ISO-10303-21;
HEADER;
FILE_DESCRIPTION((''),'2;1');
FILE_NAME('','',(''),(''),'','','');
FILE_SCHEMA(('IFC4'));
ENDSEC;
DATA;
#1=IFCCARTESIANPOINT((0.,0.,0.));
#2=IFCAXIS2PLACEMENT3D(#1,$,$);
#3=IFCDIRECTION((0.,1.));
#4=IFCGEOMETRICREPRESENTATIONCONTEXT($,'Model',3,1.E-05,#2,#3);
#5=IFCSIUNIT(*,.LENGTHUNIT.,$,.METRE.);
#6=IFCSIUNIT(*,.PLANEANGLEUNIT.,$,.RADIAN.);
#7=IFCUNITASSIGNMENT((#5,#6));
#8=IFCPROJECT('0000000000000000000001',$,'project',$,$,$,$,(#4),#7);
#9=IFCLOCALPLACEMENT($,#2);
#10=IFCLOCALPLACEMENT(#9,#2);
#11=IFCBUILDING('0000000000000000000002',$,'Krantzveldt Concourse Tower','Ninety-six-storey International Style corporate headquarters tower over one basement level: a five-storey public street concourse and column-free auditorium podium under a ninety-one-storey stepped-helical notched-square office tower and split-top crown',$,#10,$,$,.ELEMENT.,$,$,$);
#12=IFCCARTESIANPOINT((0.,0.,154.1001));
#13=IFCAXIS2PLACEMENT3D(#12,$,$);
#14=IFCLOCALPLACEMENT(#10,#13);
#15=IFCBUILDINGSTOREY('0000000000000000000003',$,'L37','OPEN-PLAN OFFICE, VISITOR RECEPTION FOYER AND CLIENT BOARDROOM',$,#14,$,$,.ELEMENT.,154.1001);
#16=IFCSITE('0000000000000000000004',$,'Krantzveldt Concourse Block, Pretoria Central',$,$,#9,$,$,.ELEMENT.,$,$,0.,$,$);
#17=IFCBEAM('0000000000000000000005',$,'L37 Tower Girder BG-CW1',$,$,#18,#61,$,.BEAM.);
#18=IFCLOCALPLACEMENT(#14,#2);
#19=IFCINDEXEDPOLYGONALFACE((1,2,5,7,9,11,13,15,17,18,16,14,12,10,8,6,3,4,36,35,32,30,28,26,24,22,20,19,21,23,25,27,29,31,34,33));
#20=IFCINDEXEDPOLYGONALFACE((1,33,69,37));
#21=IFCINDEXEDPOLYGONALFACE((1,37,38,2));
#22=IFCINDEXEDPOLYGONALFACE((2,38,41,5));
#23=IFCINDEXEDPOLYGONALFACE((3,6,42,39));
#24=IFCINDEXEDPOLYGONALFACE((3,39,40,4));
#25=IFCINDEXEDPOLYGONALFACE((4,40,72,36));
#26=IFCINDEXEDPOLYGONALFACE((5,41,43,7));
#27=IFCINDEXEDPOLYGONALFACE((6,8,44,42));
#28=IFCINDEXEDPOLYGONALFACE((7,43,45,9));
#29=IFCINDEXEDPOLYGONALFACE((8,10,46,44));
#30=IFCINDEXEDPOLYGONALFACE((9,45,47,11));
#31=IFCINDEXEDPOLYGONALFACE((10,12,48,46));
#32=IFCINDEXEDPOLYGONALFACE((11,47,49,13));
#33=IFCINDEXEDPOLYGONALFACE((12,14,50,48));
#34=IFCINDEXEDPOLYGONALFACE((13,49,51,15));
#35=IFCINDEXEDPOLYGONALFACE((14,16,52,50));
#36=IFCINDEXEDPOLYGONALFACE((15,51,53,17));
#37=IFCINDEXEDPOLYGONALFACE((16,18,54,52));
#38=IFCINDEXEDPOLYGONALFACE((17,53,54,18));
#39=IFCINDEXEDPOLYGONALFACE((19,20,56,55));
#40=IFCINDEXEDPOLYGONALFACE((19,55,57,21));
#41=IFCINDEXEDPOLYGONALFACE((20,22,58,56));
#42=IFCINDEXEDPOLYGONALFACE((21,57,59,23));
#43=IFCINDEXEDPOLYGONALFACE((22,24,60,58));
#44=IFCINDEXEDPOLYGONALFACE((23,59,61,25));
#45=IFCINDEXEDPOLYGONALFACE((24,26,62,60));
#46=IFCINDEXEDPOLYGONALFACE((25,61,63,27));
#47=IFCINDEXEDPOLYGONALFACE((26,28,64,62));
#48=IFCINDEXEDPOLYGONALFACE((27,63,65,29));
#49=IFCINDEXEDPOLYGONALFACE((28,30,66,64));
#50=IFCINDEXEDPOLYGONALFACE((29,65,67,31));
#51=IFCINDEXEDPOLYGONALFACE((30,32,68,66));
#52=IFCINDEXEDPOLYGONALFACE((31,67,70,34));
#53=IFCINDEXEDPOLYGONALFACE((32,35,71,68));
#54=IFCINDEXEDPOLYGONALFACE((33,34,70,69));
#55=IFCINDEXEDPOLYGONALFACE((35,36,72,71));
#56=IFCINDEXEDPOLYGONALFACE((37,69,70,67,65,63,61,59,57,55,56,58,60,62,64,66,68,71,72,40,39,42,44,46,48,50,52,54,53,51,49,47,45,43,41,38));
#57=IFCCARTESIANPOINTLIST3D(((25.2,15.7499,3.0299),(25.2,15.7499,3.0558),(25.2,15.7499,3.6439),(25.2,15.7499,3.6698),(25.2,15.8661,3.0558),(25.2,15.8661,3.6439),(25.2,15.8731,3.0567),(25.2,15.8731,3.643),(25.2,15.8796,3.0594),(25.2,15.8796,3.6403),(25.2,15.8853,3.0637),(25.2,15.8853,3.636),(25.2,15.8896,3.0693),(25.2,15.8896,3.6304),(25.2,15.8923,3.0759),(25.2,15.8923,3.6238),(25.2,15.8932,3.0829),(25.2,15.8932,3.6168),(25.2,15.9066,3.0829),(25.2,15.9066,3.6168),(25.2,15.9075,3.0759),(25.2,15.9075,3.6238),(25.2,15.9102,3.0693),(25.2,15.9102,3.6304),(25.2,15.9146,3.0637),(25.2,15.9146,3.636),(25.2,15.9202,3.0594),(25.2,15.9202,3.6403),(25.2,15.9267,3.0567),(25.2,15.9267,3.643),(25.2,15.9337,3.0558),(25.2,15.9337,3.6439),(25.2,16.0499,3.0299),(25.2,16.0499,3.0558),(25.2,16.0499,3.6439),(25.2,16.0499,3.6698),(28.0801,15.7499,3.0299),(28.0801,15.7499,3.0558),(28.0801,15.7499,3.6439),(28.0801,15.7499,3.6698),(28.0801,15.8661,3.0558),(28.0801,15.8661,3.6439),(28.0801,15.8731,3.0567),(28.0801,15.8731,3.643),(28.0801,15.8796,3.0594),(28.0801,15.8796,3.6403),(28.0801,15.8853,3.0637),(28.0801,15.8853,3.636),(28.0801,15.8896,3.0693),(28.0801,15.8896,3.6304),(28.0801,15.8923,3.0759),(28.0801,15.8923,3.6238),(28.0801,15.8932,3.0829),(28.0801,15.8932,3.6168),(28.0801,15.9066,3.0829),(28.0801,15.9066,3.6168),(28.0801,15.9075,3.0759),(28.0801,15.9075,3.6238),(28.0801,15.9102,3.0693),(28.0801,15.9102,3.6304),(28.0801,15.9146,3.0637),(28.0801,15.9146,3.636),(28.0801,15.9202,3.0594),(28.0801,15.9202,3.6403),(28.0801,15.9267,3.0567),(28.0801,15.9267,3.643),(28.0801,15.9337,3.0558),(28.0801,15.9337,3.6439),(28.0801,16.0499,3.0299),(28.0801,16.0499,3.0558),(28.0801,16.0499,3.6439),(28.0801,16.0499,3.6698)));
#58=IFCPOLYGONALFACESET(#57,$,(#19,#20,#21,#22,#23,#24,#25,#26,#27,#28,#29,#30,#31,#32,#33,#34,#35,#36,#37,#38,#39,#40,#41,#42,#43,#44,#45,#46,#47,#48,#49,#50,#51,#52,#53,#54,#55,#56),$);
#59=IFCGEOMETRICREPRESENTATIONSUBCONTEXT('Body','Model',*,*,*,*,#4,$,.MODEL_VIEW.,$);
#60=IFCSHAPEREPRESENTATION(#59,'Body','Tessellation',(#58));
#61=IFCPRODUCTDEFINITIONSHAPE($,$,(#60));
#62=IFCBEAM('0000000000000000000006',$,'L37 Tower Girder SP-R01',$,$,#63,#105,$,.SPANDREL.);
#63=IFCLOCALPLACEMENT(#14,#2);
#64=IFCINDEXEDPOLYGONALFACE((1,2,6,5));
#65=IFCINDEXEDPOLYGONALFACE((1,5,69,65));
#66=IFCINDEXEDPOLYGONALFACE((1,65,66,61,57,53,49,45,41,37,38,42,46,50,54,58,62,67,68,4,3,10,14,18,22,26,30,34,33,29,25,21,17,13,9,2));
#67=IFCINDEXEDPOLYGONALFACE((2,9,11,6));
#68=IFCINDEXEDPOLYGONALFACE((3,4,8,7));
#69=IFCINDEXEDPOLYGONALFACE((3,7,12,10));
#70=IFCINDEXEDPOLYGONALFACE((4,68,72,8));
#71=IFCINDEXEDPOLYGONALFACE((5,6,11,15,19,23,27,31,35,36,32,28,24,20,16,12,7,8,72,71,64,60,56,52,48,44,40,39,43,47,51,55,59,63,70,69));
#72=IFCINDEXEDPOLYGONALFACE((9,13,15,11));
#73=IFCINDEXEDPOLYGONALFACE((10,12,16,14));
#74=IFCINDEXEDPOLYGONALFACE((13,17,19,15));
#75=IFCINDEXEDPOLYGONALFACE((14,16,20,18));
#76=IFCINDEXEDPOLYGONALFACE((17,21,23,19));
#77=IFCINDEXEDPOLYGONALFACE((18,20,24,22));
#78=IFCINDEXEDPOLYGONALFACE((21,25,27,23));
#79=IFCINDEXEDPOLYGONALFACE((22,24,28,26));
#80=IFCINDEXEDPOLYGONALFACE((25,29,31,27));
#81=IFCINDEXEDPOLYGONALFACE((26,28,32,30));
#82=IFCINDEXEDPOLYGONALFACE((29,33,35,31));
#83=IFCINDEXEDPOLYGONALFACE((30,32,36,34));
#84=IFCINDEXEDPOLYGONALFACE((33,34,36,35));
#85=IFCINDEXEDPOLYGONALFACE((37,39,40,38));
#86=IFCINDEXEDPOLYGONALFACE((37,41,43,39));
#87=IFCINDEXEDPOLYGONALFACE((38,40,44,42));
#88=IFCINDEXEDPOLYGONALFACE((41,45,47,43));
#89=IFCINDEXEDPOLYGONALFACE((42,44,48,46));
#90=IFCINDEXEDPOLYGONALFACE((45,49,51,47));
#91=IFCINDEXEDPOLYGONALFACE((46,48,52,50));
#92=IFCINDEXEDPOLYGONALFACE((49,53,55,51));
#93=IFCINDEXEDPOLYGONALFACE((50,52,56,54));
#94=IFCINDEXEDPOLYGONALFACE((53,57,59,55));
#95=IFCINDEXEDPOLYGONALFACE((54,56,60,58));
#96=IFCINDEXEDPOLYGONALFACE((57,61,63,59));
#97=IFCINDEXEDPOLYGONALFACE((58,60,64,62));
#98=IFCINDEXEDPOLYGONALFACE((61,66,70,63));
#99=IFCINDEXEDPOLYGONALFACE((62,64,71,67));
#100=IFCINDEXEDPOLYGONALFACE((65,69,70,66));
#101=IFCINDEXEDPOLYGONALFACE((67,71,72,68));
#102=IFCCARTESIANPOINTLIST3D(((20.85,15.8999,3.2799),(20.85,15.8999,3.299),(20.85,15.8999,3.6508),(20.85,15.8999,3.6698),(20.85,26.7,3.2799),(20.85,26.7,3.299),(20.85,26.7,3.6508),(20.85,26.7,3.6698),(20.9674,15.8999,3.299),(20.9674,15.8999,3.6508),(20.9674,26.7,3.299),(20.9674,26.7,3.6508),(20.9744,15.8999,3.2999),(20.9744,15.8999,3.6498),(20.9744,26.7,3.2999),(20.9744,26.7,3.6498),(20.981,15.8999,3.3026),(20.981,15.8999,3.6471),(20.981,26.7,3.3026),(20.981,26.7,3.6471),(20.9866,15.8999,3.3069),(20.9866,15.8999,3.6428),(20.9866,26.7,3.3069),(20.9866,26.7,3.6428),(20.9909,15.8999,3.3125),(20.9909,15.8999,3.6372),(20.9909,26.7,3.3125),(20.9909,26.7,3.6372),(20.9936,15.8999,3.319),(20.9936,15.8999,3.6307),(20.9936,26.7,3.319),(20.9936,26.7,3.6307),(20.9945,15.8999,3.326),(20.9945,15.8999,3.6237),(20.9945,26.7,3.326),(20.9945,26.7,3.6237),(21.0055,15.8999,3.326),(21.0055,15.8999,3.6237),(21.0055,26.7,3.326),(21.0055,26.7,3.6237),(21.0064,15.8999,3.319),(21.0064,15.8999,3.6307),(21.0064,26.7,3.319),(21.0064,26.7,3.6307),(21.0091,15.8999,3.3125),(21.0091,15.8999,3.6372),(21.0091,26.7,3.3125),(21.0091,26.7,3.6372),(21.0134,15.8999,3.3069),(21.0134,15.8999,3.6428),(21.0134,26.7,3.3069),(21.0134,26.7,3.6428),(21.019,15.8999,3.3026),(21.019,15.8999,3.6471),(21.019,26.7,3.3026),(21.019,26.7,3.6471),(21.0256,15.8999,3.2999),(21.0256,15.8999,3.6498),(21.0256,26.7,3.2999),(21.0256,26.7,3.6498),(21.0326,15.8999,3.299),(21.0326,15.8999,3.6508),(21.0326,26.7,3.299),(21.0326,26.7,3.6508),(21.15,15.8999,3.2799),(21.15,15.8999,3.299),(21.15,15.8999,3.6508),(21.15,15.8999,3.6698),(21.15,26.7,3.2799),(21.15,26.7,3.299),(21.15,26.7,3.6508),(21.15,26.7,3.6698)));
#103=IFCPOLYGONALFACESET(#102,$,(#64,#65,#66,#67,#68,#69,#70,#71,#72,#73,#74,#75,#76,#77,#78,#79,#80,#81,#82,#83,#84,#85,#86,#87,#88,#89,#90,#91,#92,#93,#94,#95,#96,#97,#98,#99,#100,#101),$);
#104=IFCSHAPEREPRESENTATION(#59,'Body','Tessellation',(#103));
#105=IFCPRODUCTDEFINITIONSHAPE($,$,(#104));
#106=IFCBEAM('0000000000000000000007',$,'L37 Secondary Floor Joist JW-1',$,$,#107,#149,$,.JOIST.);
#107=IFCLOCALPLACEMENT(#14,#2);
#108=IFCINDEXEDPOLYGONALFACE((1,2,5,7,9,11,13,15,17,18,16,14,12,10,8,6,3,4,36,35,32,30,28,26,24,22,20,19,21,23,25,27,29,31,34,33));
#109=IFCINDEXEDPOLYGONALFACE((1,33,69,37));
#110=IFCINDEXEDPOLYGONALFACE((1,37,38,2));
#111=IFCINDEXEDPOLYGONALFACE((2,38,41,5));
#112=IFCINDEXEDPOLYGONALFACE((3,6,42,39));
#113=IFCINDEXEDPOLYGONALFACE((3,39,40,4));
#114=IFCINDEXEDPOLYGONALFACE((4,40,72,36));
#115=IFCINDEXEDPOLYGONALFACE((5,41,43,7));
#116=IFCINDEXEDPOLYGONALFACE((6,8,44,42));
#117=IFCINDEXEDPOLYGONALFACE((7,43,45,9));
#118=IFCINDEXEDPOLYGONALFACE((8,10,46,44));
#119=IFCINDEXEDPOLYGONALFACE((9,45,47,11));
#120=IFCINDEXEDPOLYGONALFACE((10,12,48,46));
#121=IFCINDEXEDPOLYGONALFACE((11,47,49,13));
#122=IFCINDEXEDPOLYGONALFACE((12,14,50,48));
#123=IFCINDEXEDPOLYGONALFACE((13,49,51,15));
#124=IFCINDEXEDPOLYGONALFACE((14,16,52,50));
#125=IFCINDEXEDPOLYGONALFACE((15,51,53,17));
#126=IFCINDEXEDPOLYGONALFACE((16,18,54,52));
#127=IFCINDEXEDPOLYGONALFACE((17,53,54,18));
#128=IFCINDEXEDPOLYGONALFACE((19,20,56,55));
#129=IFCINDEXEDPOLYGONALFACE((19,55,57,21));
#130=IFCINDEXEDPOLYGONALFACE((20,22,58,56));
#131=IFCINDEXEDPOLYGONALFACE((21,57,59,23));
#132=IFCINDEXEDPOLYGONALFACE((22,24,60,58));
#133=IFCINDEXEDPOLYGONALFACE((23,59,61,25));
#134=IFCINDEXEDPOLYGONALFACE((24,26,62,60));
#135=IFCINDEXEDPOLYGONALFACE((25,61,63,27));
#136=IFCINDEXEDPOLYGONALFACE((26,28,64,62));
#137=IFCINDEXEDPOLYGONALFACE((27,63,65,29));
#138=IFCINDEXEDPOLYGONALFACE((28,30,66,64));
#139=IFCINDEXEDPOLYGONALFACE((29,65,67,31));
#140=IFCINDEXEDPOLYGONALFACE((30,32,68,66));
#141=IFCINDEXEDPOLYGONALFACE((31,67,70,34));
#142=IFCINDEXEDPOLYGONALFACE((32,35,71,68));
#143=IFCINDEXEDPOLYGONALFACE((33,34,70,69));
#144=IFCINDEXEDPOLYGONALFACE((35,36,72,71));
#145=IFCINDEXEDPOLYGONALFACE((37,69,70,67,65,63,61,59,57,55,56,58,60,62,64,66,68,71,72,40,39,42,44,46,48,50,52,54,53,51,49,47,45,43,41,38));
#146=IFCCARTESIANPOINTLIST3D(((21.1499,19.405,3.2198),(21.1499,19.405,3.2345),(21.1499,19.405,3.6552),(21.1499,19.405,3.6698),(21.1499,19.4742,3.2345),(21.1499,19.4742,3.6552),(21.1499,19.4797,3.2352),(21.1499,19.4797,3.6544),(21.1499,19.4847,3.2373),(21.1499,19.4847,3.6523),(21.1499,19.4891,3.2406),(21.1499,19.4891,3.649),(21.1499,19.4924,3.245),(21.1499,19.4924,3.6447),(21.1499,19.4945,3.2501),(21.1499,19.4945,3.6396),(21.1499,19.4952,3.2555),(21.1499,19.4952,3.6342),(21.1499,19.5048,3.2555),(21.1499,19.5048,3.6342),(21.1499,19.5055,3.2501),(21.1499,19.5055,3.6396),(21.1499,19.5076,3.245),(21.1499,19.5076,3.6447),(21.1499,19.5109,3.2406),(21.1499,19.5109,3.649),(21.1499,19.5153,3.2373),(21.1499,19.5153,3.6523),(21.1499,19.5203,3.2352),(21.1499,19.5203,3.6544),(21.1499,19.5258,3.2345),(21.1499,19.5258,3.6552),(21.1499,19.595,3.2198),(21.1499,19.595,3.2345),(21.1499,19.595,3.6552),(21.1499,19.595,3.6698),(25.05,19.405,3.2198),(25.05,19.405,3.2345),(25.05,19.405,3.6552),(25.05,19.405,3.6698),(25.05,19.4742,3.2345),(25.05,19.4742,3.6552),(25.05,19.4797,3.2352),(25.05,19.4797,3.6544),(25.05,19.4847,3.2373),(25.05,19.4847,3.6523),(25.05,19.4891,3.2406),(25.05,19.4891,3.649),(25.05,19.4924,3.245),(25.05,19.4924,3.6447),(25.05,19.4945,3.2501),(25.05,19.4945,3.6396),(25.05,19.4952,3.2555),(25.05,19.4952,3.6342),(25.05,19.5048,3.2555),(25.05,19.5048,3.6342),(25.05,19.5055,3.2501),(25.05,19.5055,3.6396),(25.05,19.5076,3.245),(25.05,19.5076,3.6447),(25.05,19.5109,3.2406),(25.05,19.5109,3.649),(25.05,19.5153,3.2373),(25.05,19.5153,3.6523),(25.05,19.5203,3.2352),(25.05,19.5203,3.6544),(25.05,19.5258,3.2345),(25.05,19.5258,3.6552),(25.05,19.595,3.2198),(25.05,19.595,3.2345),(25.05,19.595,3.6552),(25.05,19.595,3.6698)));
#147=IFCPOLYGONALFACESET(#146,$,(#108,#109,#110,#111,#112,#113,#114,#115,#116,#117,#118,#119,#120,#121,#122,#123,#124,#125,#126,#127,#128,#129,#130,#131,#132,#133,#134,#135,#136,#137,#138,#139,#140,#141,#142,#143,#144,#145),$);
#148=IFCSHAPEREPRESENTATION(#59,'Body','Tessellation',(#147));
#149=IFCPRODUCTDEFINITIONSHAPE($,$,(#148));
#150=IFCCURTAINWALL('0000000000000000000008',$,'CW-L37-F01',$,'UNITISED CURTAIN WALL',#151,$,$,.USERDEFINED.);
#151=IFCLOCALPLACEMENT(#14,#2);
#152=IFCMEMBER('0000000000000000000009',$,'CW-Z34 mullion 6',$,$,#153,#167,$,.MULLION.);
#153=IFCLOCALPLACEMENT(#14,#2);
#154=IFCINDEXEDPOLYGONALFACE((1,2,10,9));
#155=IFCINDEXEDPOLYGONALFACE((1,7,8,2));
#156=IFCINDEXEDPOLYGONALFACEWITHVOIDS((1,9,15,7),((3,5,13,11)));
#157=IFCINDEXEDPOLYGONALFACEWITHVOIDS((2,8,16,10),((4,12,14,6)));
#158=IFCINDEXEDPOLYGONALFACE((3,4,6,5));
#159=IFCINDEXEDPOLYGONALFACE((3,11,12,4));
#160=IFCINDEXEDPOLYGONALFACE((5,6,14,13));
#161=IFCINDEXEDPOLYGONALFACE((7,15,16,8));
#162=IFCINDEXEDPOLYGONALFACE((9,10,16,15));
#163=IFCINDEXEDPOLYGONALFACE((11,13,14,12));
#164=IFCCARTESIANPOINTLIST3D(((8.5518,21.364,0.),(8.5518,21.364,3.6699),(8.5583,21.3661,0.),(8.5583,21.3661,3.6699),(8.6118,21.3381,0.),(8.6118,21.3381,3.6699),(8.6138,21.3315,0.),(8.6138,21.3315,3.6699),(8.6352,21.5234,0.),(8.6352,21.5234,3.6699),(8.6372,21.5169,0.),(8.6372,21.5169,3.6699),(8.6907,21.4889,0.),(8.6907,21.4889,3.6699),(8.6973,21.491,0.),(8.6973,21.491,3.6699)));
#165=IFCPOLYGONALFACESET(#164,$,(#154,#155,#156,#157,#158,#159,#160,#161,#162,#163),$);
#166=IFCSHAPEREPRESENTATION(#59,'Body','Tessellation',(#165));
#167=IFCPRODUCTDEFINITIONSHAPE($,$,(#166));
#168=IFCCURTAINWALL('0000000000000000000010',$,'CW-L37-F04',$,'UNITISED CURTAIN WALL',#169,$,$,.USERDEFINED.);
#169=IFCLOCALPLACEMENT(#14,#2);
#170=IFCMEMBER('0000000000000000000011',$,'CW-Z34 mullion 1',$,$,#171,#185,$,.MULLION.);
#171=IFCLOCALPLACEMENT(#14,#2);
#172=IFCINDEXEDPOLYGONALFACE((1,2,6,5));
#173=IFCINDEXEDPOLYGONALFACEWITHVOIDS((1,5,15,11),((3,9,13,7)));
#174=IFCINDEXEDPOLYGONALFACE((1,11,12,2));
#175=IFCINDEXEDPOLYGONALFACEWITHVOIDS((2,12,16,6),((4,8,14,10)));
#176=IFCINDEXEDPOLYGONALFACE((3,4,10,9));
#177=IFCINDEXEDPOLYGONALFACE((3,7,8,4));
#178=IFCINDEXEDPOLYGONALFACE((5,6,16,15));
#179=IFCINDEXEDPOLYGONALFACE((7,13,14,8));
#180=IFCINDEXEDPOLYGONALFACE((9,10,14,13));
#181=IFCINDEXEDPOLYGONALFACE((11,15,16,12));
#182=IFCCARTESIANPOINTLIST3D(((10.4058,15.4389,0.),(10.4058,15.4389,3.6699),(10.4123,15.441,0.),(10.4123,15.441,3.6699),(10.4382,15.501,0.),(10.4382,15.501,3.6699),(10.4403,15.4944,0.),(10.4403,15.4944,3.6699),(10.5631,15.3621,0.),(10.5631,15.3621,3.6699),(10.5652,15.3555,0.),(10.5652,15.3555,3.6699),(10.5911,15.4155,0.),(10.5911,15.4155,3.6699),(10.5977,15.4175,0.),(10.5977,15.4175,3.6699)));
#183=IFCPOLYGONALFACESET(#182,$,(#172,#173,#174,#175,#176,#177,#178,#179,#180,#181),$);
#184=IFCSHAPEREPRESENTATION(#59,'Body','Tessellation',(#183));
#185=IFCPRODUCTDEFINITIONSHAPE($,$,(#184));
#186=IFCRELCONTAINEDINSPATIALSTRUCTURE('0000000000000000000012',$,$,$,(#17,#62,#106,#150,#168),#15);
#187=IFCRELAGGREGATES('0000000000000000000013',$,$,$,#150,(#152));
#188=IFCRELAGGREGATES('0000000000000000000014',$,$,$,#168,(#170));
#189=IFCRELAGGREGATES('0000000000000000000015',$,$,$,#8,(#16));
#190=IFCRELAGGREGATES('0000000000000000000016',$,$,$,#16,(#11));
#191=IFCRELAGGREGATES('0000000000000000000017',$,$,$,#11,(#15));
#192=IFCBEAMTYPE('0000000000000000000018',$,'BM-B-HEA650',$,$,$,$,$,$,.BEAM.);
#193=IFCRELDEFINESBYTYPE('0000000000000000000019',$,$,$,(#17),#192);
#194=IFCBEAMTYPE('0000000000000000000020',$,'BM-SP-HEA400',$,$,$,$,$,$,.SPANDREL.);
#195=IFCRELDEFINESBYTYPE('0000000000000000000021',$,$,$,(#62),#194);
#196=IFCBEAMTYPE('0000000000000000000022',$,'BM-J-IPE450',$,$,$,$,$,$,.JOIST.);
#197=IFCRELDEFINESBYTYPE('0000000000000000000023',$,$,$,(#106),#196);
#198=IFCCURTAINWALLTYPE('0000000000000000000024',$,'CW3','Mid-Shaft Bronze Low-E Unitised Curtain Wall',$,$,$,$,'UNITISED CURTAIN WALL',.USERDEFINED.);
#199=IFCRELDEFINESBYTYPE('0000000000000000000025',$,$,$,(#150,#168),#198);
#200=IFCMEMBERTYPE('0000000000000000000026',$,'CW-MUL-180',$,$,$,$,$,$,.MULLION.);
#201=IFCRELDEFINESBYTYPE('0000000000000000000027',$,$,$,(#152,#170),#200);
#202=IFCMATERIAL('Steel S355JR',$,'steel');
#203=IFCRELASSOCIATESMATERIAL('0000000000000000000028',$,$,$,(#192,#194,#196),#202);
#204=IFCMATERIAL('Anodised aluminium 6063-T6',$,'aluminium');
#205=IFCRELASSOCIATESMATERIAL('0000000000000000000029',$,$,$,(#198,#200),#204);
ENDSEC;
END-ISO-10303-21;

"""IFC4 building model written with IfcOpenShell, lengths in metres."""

from ifc_helpers import new_model, si_unit, direction, frame, origin, origin_2d, place, context, subcontext, project, spatial, hollow_rectangle, i_section, extrude, source, transform, mapped, material, material_profile, profile_set, type_object, type_shapes, element, aggregate, save


model = new_model("IFC4")

# Units and contexts
model_context = context("Model", 3, precision=1e-05, world=origin(), true_north=direction((0.0, 1.0)))
body_context = subcontext(model_context, "Body", "Model", "MODEL_VIEW")
ifc_project = project(units=[si_unit("LENGTHUNIT", "METRE"), si_unit("PLANEANGLEUNIT", "RADIAN")], contexts=[model_context])

# Site, building, storey
site_placement = place(None, origin())
site = spatial("IfcSite", under=ifc_project, at=site_placement, Name="Krantzveldt Concourse Block, Pretoria Central", CompositionType="ELEMENT", RefElevation=0.0)
building_placement = place(site_placement, origin())
building = spatial("IfcBuilding", under=site, at=building_placement, Name="Krantzveldt Concourse Tower", Description="Ninety-six-storey International Style corporate headquarters tower over one basement level: a five-storey public street concourse and column-free auditorium podium under a ninety-one-storey stepped-helical notched-square office tower and split-top crown", CompositionType="ELEMENT")
storey_placement = place(building_placement, frame((0.0, 0.0, 154.1001)))
storey = spatial("IfcBuildingStorey", under=building, at=storey_placement, Name="L37", Description="OPEN-PLAN OFFICE, VISITOR RECEPTION FOYER AND CLIENT BOARDROOM", CompositionType="ELEMENT", Elevation=154.1001)

# Beams
ifc_material_1 = material(Name="Steel S355JR", Category="steel")
ifc_material_profile_1 = material_profile(ifc_material_1, i_section(OverallWidth=0.3, OverallDepth=0.6399, WebThickness=0.0134, FlangeThickness=0.0259, FilletRadius=0.0271, at=origin_2d()), Name="Steel S355JR", Category="steel")
ifc_profile_set_1 = profile_set([ifc_material_profile_1], Name="Steel S355JR - HEA 650")
beam_type_1 = type_object("IfcBeamType", Name="BM-B-HEA650", PredefinedType="BEAM", material=ifc_profile_set_1)
shared_shape_1 = source(origin(), body_context, "Body", "SweptSolid", [
    extrude(i_section(OverallWidth=0.3, OverallDepth=0.6399, WebThickness=0.0134, FlangeThickness=0.0259, FilletRadius=0.0271, at=origin_2d()), origin(), (0.0, 0.0, 1.0), 2.8801),
])
beam_1_placement = place(storey_placement, frame((25.2, 15.8999, 3.3499), z_axis=(1.0, 0.0, 0.0), x_axis=(0.0, 1.0, 0.0)))
element("IfcBeam", 1, at=beam_1_placement, inside=storey, type_object=beam_type_1, Name="L37 Tower Girder BG-CW1", PredefinedType="BEAM", context=body_context, shape_type="MappedRepresentation", body=[
    mapped(shared_shape_1, transform((0.0, 0.0, 0.0), x_axis=(1.0, 0.0, 0.0), y_axis=(0.0, 1.0, 0.0), z_axis=(0.0, 0.0, 1.0), scale=1.0)),
])
ifc_material_profile_2 = material_profile(ifc_material_1, i_section(OverallWidth=0.3, OverallDepth=0.3899, WebThickness=0.011, FlangeThickness=0.019, FilletRadius=0.0271, at=origin_2d()), Name="Steel S355JR", Category="steel")
ifc_profile_set_2 = profile_set([ifc_material_profile_2], Name="Steel S355JR - HEA 400")
beam_type_2 = type_object("IfcBeamType", Name="BM-SP-HEA400", PredefinedType="SPANDREL", material=ifc_profile_set_2)
shared_shape_2 = source(origin(), body_context, "Body", "SweptSolid", [
    extrude(i_section(OverallWidth=0.3, OverallDepth=0.3899, WebThickness=0.011, FlangeThickness=0.019, FilletRadius=0.0271, at=origin_2d()), origin(), (0.0, 0.0, 1.0), 10.8),
])
type_shapes(beam_type_2, [shared_shape_2])
beam_2_placement = place(storey_placement, frame((21.0, 15.8999, 3.4749), z_axis=(0.0, 1.0, 0.0), x_axis=(-1.0, 0.0, 0.0)))
element("IfcBeam", 2, at=beam_2_placement, inside=storey, type_object=beam_type_2, Name="L37 Tower Girder SP-R01", PredefinedType="SPANDREL", context=body_context, shape_type="MappedRepresentation", body=[
    mapped(shared_shape_2, transform((0.0, 0.0, 0.0), x_axis=(1.0, 0.0, 0.0), y_axis=(0.0, 1.0, 0.0), z_axis=(0.0, 0.0, 1.0), scale=1.0)),
])
ifc_material_profile_3 = material_profile(ifc_material_1, i_section(OverallWidth=0.1899, OverallDepth=0.45, WebThickness=0.0095, FlangeThickness=0.0146, FilletRadius=0.021, at=origin_2d()), Name="Steel S355JR", Category="steel")
ifc_profile_set_3 = profile_set([ifc_material_profile_3], Name="Steel S355JR - IPE 450")
beam_type_3 = type_object("IfcBeamType", Name="BM-J-IPE450", PredefinedType="JOIST", material=ifc_profile_set_3)
shared_shape_3 = source(origin(), body_context, "Body", "SweptSolid", [
    extrude(i_section(OverallWidth=0.1899, OverallDepth=0.45, WebThickness=0.0095, FlangeThickness=0.0146, FilletRadius=0.021, at=origin_2d()), origin(), (0.0, 0.0, 1.0), 3.9001),
])
type_shapes(beam_type_3, [shared_shape_3])
beam_3_placement = place(storey_placement, frame((21.1499, 19.5, 3.4448), z_axis=(1.0, 0.0, 0.0), x_axis=(0.0, 1.0, 0.0)))
element("IfcBeam", 3, at=beam_3_placement, inside=storey, type_object=beam_type_3, Name="L37 Secondary Floor Joist JW-1", PredefinedType="JOIST", context=body_context, shape_type="MappedRepresentation", body=[
    mapped(shared_shape_3, transform((0.0, 0.0, 0.0), x_axis=(1.0, 0.0, 0.0), y_axis=(0.0, 1.0, 0.0), z_axis=(0.0, 0.0, 1.0), scale=1.0)),
])

# Curtain wall, member
ifc_material_2 = material(Name="Anodised aluminium 6063-T6", Category="aluminium")
curtain_wall_type = type_object("IfcCurtainWallType", Name="CW3", Description="Mid-Shaft Bronze Low-E Unitised Curtain Wall", ElementType="UNITISED CURTAIN WALL", PredefinedType="USERDEFINED", material=ifc_material_2)
curtain_wall_1_placement = place(storey_placement, origin())
curtain_wall_1 = element("IfcCurtainWall", 4, at=curtain_wall_1_placement, inside=storey, type_object=curtain_wall_type, Name="CW-L37-F01", ObjectType="UNITISED CURTAIN WALL", PredefinedType="USERDEFINED")
ifc_material_profile_4 = material_profile(ifc_material_2, hollow_rectangle(XDim=0.0701, YDim=0.1799, WallThickness=0.0049, at=origin_2d()), Name="Anodised aluminium 6063-T6", Category="aluminium")
ifc_profile_set_4 = profile_set([ifc_material_profile_4], Name="Anodised aluminium 6063-T6 - ALU-MULL 180x70x5")
member_type_1 = type_object("IfcMemberType", Name="CW-MUL-180", PredefinedType="MULLION", material=ifc_profile_set_4)
shared_shape_4 = source(origin(), body_context, "Body", "SweptSolid", [
    extrude(hollow_rectangle(XDim=0.0701, YDim=0.1799, WallThickness=0.0049, at=origin_2d()), origin(), (0.0, 0.0, 1.0), 3.6699),
])
type_shapes(member_type_1, [shared_shape_4])
member_1_placement = place(storey_placement, frame((8.6245, 21.4275, 0.0), z_axis=(0.0, 0.0, 1.0), x_axis=(0.886001, -0.463683, 0.0)))
member_1 = element("IfcMember", 5, at=member_1_placement, type_object=member_type_1, Name="CW-Z34 mullion 6", PredefinedType="MULLION", context=body_context, shape_type="MappedRepresentation", body=[
    mapped(shared_shape_4, transform((0.0, 0.0, 0.0), x_axis=(1.0, 0.0, 0.0), y_axis=(0.0, 1.0, 0.0), z_axis=(0.0, 0.0, 1.0), scale=1.0)),
])
aggregate(curtain_wall_1, [member_1])

# Curtain wall, member
curtain_wall_2_placement = place(storey_placement, origin())
curtain_wall_2 = element("IfcCurtainWall", 6, at=curtain_wall_2_placement, inside=storey, type_object=curtain_wall_type, Name="CW-L37-F04", ObjectType="UNITISED CURTAIN WALL", PredefinedType="USERDEFINED")
member_2_placement = place(storey_placement, frame((10.5017, 15.4282, 0.0), z_axis=(0.0, 0.0, 1.0), x_axis=(0.463683, 0.886001, 0.0)))
member_2 = element("IfcMember", 7, at=member_2_placement, type_object=member_type_1, Name="CW-Z34 mullion 1", PredefinedType="MULLION", context=body_context, shape_type="MappedRepresentation", body=[
    mapped(shared_shape_4, transform((0.0, 0.0, 0.0), x_axis=(1.0, 0.0, 0.0), y_axis=(0.0, 1.0, 0.0), z_axis=(0.0, 0.0, 1.0), scale=1.0)),
])

aggregate(curtain_wall_2, [member_2])

save(model, "model.ifc")
